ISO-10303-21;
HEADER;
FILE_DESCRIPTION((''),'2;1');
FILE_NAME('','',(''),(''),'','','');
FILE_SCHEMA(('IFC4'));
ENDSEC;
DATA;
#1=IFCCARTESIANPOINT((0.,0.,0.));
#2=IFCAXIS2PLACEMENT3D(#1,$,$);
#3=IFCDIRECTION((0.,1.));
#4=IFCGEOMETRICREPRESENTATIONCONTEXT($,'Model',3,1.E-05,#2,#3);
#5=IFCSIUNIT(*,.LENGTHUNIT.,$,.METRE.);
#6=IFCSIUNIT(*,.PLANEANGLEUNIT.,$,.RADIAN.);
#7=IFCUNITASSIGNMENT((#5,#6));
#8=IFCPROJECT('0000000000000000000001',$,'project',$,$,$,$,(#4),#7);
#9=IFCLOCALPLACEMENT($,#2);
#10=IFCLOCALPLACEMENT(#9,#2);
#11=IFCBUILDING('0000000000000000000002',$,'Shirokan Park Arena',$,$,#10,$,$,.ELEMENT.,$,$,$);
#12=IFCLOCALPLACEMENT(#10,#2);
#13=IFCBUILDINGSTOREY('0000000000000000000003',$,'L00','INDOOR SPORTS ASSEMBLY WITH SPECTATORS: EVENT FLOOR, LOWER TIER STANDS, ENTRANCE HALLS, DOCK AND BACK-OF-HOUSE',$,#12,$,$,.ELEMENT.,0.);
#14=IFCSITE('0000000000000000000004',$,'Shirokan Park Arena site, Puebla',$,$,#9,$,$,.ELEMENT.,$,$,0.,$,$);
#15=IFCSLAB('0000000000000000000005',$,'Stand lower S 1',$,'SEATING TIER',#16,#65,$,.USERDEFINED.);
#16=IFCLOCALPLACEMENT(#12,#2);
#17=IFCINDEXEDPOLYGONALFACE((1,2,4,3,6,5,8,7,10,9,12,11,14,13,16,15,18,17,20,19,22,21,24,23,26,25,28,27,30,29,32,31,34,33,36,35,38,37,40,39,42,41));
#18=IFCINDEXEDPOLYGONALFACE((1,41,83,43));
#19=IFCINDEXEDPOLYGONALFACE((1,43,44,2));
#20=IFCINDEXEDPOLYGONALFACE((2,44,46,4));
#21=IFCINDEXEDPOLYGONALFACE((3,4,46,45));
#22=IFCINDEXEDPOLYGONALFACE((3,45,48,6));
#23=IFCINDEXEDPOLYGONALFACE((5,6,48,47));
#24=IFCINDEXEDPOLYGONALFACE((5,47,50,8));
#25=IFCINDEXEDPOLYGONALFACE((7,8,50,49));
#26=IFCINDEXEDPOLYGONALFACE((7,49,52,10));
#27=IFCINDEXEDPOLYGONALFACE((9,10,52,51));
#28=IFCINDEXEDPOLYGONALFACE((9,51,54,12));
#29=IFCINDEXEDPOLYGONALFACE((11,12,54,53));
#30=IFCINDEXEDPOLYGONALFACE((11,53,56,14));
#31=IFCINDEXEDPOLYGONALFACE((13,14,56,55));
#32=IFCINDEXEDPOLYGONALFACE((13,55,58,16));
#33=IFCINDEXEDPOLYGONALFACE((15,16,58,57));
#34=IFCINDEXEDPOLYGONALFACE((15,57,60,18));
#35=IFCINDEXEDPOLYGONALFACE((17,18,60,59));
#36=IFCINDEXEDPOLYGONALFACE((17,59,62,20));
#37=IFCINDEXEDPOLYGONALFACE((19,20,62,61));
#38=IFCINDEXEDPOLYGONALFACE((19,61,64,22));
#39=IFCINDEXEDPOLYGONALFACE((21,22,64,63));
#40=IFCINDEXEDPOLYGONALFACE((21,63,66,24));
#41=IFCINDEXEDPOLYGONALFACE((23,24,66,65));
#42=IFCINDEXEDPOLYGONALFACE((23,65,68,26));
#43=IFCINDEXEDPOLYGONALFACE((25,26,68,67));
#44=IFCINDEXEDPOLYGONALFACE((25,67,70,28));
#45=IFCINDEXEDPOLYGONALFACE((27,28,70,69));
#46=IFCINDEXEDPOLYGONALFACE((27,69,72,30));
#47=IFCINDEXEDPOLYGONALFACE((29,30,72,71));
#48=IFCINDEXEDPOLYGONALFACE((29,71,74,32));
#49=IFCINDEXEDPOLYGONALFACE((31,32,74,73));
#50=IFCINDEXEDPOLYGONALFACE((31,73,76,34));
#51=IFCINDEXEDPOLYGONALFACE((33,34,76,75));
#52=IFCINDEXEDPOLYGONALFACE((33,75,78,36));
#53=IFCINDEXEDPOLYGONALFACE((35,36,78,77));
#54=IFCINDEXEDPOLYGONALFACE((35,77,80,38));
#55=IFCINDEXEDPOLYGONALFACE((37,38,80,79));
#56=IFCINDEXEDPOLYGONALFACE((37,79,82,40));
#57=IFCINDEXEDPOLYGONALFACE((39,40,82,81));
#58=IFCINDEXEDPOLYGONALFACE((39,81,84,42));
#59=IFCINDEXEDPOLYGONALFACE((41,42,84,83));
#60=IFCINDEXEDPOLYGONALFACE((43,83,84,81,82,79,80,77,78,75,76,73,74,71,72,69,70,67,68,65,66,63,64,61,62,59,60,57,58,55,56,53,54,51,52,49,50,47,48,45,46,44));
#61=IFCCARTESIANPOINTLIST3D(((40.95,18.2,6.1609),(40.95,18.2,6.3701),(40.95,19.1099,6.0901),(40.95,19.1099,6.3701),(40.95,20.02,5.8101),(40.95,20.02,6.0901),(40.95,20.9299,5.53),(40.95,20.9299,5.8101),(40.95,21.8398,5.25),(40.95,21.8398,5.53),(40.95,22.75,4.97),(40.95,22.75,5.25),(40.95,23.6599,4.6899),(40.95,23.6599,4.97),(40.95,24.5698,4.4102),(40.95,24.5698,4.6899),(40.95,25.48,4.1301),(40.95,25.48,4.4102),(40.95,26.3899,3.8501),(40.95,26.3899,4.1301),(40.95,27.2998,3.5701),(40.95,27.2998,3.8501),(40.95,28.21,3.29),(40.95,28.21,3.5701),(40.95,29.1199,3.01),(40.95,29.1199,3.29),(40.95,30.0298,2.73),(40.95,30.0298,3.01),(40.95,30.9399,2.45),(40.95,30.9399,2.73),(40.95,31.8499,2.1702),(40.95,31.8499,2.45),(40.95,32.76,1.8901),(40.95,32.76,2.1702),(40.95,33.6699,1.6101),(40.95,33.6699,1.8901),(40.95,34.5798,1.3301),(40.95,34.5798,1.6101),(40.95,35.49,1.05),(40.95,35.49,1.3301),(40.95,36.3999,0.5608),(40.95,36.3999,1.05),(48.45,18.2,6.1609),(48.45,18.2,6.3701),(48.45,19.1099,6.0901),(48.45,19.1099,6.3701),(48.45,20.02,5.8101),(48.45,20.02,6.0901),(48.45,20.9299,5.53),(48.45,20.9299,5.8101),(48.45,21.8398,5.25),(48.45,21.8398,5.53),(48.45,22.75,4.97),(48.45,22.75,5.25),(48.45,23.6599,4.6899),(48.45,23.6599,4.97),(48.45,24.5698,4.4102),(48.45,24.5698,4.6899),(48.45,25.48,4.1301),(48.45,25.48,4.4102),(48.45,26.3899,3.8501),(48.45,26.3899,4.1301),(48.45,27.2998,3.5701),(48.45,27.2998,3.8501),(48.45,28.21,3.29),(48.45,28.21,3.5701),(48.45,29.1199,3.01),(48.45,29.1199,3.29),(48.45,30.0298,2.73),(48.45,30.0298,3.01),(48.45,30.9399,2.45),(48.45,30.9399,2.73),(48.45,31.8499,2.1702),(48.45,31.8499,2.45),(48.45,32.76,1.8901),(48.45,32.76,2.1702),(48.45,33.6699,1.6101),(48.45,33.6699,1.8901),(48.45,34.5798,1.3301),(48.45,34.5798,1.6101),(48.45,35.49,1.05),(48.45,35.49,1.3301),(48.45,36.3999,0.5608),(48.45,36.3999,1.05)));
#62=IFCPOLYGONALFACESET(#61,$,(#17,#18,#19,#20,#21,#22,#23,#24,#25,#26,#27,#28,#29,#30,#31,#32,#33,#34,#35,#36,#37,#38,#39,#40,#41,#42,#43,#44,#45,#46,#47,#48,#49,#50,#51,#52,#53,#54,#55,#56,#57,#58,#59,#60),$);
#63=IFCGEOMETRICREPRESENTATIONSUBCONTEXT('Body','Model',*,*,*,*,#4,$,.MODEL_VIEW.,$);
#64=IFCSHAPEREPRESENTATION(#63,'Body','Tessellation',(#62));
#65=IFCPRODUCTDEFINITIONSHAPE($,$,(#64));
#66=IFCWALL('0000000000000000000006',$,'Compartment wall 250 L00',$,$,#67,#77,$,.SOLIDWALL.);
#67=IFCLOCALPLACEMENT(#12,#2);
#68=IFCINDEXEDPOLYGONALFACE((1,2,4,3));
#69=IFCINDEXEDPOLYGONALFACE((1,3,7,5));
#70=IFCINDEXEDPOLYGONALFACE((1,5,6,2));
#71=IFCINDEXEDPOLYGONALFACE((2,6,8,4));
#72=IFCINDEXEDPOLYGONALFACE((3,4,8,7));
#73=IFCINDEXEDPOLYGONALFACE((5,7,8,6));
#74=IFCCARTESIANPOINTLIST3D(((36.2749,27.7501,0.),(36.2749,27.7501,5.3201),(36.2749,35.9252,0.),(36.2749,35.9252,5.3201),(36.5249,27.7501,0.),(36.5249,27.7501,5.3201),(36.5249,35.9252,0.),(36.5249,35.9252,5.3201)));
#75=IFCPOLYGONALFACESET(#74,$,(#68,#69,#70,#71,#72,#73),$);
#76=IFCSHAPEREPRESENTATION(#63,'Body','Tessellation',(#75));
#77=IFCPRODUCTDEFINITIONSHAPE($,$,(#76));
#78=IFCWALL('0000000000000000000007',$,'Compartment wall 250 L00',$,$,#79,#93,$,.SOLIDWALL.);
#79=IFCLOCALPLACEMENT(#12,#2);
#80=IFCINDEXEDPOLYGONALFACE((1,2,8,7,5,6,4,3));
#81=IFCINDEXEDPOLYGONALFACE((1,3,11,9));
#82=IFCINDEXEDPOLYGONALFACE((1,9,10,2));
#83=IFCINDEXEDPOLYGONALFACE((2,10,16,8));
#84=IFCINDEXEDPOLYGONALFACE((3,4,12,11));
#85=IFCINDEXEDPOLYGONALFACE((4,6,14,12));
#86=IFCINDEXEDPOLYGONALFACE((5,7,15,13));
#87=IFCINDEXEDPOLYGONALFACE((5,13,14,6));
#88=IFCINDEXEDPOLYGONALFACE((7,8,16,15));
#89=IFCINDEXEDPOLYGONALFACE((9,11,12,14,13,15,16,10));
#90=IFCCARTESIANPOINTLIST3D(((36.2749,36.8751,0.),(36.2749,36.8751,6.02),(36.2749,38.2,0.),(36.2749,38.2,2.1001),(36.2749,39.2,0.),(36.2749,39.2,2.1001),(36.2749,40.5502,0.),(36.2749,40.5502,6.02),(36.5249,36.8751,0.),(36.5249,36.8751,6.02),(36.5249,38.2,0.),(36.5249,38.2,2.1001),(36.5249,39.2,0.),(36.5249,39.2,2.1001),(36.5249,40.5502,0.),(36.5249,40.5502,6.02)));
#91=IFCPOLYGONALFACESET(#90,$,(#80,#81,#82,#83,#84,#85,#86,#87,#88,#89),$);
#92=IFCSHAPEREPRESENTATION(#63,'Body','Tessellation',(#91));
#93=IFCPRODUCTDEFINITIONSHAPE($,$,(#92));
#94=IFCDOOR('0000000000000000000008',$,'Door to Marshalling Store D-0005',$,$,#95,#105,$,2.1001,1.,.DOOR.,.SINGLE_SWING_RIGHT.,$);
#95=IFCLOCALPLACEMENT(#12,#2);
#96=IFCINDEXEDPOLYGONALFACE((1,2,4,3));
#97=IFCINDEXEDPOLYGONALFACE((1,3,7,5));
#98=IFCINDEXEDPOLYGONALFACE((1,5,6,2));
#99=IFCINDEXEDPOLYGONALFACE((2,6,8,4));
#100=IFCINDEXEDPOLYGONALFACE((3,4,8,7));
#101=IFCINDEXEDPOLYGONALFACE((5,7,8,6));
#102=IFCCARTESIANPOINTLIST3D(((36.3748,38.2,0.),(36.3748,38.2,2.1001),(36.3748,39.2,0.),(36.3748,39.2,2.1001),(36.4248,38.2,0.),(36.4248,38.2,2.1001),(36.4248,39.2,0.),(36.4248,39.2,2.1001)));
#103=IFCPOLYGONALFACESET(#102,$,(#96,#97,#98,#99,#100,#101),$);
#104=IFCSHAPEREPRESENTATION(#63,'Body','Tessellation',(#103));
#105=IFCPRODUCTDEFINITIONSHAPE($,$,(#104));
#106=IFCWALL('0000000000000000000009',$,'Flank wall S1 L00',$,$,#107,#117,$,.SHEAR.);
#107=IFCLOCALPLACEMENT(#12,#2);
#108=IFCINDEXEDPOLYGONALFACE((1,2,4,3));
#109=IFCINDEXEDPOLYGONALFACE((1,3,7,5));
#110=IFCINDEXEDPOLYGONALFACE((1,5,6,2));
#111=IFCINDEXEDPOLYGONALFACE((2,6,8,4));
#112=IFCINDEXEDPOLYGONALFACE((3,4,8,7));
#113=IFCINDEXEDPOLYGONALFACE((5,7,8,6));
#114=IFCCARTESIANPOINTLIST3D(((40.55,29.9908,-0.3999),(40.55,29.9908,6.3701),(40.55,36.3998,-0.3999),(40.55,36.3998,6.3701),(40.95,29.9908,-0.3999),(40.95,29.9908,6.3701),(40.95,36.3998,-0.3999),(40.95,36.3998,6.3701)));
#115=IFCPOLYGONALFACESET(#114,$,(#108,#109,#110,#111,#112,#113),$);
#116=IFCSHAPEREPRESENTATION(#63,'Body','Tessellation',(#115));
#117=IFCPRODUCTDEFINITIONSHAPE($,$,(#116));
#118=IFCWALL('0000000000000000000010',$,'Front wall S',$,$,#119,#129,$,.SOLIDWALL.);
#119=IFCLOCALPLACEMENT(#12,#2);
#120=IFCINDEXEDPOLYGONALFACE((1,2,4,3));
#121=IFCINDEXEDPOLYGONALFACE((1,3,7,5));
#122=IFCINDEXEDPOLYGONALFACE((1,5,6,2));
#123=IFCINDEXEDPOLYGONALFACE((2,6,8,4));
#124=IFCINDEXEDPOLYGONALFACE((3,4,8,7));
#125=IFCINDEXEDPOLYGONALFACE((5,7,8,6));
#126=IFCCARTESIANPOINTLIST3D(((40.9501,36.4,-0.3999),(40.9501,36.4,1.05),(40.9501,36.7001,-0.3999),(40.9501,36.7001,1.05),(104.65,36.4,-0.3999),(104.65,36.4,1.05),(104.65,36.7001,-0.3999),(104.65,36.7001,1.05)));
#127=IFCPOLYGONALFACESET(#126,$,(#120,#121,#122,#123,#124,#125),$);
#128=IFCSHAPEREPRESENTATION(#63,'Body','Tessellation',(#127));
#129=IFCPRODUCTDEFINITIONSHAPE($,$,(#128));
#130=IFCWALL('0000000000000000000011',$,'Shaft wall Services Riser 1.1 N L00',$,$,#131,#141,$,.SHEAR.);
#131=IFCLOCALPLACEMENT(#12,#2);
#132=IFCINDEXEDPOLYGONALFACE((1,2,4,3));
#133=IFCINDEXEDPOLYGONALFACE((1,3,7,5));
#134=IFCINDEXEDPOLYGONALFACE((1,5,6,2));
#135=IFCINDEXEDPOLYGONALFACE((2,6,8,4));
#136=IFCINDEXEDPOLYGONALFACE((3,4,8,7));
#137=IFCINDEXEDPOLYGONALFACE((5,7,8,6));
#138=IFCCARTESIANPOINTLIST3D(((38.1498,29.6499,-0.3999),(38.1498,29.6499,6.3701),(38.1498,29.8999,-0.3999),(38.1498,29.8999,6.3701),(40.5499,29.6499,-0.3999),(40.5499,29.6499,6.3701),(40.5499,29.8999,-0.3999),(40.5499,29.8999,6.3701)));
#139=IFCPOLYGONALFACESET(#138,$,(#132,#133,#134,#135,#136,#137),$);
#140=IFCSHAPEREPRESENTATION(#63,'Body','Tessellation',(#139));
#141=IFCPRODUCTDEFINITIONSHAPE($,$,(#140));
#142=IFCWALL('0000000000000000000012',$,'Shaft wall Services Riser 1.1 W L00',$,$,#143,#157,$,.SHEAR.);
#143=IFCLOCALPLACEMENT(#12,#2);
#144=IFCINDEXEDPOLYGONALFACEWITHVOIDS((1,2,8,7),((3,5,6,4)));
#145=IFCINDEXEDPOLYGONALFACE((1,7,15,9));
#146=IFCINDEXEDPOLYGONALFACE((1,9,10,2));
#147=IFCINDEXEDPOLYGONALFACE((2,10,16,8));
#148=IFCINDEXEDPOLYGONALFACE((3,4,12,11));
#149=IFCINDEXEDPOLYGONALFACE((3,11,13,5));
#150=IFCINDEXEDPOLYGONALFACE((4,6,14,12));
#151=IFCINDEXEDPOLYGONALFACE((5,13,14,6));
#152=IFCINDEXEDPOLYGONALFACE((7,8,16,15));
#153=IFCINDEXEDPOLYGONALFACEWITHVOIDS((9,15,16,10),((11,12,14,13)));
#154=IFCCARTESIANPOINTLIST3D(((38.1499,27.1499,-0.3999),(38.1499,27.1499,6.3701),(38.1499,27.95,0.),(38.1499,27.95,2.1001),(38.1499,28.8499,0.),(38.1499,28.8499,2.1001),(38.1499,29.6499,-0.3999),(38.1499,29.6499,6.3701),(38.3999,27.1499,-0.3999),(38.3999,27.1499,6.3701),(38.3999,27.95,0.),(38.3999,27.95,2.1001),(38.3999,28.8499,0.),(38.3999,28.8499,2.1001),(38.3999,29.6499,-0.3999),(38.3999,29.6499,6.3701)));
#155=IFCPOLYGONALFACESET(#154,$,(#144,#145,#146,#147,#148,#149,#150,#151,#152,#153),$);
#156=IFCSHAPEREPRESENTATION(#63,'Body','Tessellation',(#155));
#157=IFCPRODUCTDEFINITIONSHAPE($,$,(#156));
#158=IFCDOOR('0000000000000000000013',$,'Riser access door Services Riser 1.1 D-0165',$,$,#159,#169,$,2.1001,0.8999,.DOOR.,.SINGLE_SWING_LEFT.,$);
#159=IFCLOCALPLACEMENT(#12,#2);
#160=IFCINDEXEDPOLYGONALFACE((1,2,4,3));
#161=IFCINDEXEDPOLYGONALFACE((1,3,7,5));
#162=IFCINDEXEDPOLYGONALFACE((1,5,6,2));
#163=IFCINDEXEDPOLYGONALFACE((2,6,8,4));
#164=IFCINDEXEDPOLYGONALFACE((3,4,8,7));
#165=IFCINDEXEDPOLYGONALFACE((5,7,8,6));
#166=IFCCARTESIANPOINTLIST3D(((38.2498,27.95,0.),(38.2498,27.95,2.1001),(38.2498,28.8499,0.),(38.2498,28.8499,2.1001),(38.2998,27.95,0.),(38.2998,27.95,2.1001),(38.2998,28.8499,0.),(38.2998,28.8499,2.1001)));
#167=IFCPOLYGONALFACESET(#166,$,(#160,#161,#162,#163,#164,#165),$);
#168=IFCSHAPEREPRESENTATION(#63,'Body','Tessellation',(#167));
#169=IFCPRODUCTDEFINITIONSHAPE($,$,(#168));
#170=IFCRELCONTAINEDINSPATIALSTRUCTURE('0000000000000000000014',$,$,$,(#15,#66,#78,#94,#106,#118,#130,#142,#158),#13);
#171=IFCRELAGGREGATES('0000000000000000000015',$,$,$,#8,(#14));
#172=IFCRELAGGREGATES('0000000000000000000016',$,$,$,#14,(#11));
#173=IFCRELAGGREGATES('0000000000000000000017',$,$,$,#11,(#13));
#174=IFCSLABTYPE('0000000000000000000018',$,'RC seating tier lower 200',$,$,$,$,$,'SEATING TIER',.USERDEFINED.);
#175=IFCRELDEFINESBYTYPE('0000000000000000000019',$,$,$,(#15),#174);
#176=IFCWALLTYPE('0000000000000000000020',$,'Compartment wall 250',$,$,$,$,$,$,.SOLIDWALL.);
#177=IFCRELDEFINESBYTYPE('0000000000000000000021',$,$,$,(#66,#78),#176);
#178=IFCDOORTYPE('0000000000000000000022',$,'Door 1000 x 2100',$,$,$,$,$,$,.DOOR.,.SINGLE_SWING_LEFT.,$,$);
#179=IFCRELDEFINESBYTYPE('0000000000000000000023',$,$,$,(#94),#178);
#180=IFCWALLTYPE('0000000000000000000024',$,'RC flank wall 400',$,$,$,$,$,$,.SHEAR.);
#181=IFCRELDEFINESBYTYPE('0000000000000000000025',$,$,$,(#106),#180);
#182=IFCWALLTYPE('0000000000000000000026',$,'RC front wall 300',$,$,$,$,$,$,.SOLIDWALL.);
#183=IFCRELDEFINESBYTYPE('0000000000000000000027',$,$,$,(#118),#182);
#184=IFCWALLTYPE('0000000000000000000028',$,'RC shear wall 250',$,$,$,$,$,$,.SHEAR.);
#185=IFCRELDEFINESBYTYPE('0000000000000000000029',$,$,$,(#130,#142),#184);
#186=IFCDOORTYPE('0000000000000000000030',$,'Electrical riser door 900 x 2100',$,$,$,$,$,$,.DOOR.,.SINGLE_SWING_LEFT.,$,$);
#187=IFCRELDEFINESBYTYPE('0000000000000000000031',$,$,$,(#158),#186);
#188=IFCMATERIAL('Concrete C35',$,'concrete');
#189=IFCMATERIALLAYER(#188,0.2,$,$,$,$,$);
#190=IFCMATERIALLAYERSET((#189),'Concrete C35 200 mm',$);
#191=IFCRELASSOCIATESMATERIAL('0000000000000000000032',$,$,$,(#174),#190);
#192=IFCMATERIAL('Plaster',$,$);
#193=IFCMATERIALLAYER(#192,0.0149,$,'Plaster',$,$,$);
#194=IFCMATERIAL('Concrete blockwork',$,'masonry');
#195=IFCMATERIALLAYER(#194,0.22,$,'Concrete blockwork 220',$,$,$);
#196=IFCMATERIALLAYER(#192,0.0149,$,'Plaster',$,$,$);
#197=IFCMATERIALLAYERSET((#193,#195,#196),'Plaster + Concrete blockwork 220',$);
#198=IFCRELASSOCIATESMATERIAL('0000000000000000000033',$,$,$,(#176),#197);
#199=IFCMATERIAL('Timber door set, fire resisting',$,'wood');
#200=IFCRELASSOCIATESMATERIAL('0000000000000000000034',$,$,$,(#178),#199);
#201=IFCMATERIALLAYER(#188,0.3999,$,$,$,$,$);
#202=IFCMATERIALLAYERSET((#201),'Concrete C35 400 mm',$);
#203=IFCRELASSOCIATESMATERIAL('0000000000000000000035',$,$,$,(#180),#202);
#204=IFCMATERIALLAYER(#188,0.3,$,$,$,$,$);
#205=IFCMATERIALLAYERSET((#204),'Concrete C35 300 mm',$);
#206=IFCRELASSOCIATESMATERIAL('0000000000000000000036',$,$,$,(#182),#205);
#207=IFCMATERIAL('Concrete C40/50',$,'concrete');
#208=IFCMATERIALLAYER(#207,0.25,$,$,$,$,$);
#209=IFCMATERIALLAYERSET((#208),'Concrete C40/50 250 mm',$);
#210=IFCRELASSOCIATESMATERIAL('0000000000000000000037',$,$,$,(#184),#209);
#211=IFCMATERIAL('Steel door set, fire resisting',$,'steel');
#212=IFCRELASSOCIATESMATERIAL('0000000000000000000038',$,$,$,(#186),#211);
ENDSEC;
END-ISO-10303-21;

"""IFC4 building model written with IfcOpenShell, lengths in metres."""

from ifc_helpers import new_model, si_unit, direction, frame, frame_2d, origin, place, context, subcontext, project, spatial, polyline, rectangle, outline, extrude, material, layer, layer_set, type_object, element, fill, save


model = new_model("IFC4")

# Units and contexts
model_context = context("Model", 3, precision=1e-05, world=origin(), true_north=direction((0.0, 1.0)))
body_context = subcontext(model_context, "Body", "Model", "MODEL_VIEW")
ifc_project = project(units=[si_unit("LENGTHUNIT", "METRE"), si_unit("PLANEANGLEUNIT", "RADIAN")], contexts=[model_context])

# Site, building, storey
site_placement = place(None, origin())
site = spatial("IfcSite", under=ifc_project, at=site_placement, Name="Shirokan Park Arena site, Puebla", CompositionType="ELEMENT", RefElevation=0.0)
building_placement = place(site_placement, origin())
building = spatial("IfcBuilding", under=site, at=building_placement, Name="Shirokan Park Arena", CompositionType="ELEMENT")
storey_placement = place(building_placement, origin())
storey = spatial("IfcBuildingStorey", under=building, at=storey_placement, Name="L00", Description="INDOOR SPORTS ASSEMBLY WITH SPECTATORS: EVENT FLOOR, LOWER TIER STANDS, ENTRANCE HALLS, DOCK AND BACK-OF-HOUSE", CompositionType="ELEMENT", Elevation=0.0)

# Shared definitions
ifc_material_1 = material(Name="Concrete C35", Category="concrete")

# Slab
ifc_layer_1 = layer(ifc_material_1, 0.2)
ifc_layer_set_1 = layer_set([ifc_layer_1], Name="Concrete C35 200 mm")
slab_type = type_object("IfcSlabType", Name="RC seating tier lower 200", ElementType="SEATING TIER", PredefinedType="USERDEFINED", material=ifc_layer_set_1)
slab_placement = place(storey_placement, frame((44.7, 36.3999, 1.05), z_axis=(0.0, 0.0, 1.0), x_axis=(0.0, -1.0, 0.0)))
element("IfcSlab", 1, at=slab_placement, inside=storey, type_object=slab_type, Name="Stand lower S 1", ObjectType="SEATING TIER", PredefinedType="USERDEFINED", context=body_context, shape_type="SweptSolid", body=[
    extrude(outline(polyline([(0.0, 0.0), (0.9099, 0.0), (0.9099, 0.28), (1.8201, 0.28), (1.8201, 0.5601), (2.73, 0.5601), (2.73, 0.8401), (3.6399, 0.8401), (3.6399, 1.1201), (4.55, 1.1201), (4.55, 1.3999), (5.46, 1.3999), (5.46, 1.6799), (6.3701, 1.6799), (6.3701, 1.96), (7.28, 1.96), (7.28, 2.24), (8.1899, 2.24), (8.1899, 2.52), (9.1001, 2.52), (9.1001, 2.8), (10.01, 2.8), (10.01, 3.0801), (10.9199, 3.0801), (10.9199, 3.3601), (11.8301, 3.3601), (11.8301, 3.6399), (12.74, 3.6399), (12.74, 3.9199), (13.6499, 3.9199), (13.6499, 4.2), (14.5601, 4.2), (14.5601, 4.48), (15.47, 4.48), (15.47, 4.76), (16.3799, 4.76), (16.3799, 5.04), (17.29, 5.04), (17.29, 5.3201), (18.2, 5.3201), (18.2, 5.1108), (0.0, -0.4893), (0.0, 0.0)])), frame((0.0, 3.75, 0.0), z_axis=(0.0, -1.0, 0.0), x_axis=(1.0, 0.0, 0.0)), (0.0, 0.0, 1.0), 7.5),
])

# Wall
ifc_material_2 = material(Name="Plaster")
ifc_layer_2 = layer(ifc_material_2, 0.0149, Name="Plaster")
ifc_material_3 = material(Name="Concrete blockwork", Category="masonry")
ifc_layer_3 = layer(ifc_material_3, 0.22, Name="Concrete blockwork 220")
ifc_layer_4 = layer(ifc_material_2, 0.0149, Name="Plaster")
ifc_layer_set_2 = layer_set([ifc_layer_2, ifc_layer_3, ifc_layer_4], Name="Plaster + Concrete blockwork 220")
wall_type_1 = type_object("IfcWallType", Name="Compartment wall 250", PredefinedType="SOLIDWALL", material=ifc_layer_set_2)
wall_1_placement = place(storey_placement, frame((36.3999, 35.925, 0.0), z_axis=(0.0, 0.0, 1.0), x_axis=(0.0, -1.0, 0.0)))
element("IfcWall", 2, at=wall_1_placement, inside=storey, type_object=wall_type_1, Name="Compartment wall 250 L00", PredefinedType="SOLIDWALL", context=body_context, shape_type="SweptSolid", body=[
    extrude(rectangle(XDim=8.175, YDim=0.25, at=frame_2d((4.0874, 0.0))), origin(), (0.0, 0.0, 1.0), 5.3201),
])

# Wall, opening, door
wall_2_placement = place(storey_placement, frame((36.3999, 40.55, 0.0), z_axis=(0.0, 0.0, 1.0), x_axis=(0.0, -1.0, 0.0)))
wall_2 = element("IfcWall", 3, at=wall_2_placement, inside=storey, type_object=wall_type_1, Name="Compartment wall 250 L00", PredefinedType="SOLIDWALL", context=body_context, shape_type="SweptSolid", body=[
    extrude(rectangle(XDim=3.675, YDim=0.25, at=frame_2d((1.8374, 0.0))), origin(), (0.0, 0.0, 1.0), 6.02),
])
opening_1_placement = place(wall_2_placement, frame((1.3501, 0.0, 0.0)))
opening_1 = element("IfcOpeningElement", 4, at=opening_1_placement, cuts=wall_2, PredefinedType="OPENING", context=body_context, shape_type="SweptSolid", body=[
    extrude(rectangle(XDim=1.0, YDim=2.1001, at=frame_2d((0.5, 1.05))), frame((0.0, 0.135, 0.0), z_axis=(0.0, -1.0, 0.0), x_axis=(1.0, 0.0, 0.0)), (0.0, 0.0, 1.0), 0.27),
])
ifc_material_4 = material(Name="Timber door set, fire resisting", Category="wood")
door_type_1 = type_object("IfcDoorType", Name="Door 1000 x 2100", OperationType="SINGLE_SWING_LEFT", PredefinedType="DOOR", material=ifc_material_4)
door_1_placement = place(opening_1_placement, origin())
door_1 = element("IfcDoor", 5, at=door_1_placement, inside=storey, type_object=door_type_1, Name="Door to Marshalling Store D-0005", OperationType="SINGLE_SWING_RIGHT", OverallHeight=2.1001, OverallWidth=1.0, PredefinedType="DOOR", context=body_context, shape_type="SweptSolid", body=[
    extrude(rectangle(XDim=1.0, YDim=2.1001, at=frame_2d((0.5, 1.05))), frame((0.0, 0.0249, 0.0), z_axis=(0.0, -1.0, 0.0), x_axis=(1.0, 0.0, 0.0)), (0.0, 0.0, 1.0), 0.05),
])
fill(opening_1, door_1)
ifc_material_5 = material(Name="Steel door set, fire resisting", Category="steel")

# Walls
ifc_layer_5 = layer(ifc_material_1, 0.3999)
ifc_layer_set_3 = layer_set([ifc_layer_5], Name="Concrete C35 400 mm")
wall_type_2 = type_object("IfcWallType", Name="RC flank wall 400", PredefinedType="SHEAR", material=ifc_layer_set_3)
wall_3_placement = place(storey_placement, frame((40.75, 36.3999, -0.3999), z_axis=(0.0, 0.0, 1.0), x_axis=(0.0, -1.0, 0.0)))
element("IfcWall", 6, at=wall_3_placement, inside=storey, type_object=wall_type_2, Name="Flank wall S1 L00", PredefinedType="SHEAR", context=body_context, shape_type="SweptSolid", body=[
    extrude(rectangle(XDim=6.4089, YDim=0.3999, at=frame_2d((3.2046, 0.0))), origin(), (0.0, 0.0, 1.0), 6.77),
])
ifc_layer_6 = layer(ifc_material_1, 0.3)
ifc_layer_set_4 = layer_set([ifc_layer_6], Name="Concrete C35 300 mm")
wall_type_3 = type_object("IfcWallType", Name="RC front wall 300", PredefinedType="SOLIDWALL", material=ifc_layer_set_4)
wall_4_placement = place(storey_placement, frame((40.95, 36.55, -0.3999), z_axis=(0.0, 0.0, 1.0), x_axis=(1.0, 0.0, 0.0)))
element("IfcWall", 7, at=wall_4_placement, inside=storey, type_object=wall_type_3, Name="Front wall S", PredefinedType="SOLIDWALL", context=body_context, shape_type="SweptSolid", body=[
    extrude(rectangle(XDim=63.7, YDim=0.3, at=frame_2d((31.8501, 0.0))), origin(), (0.0, 0.0, 1.0), 1.45),
])
ifc_material_6 = material(Name="Concrete C40/50", Category="concrete")
ifc_layer_7 = layer(ifc_material_6, 0.25)
ifc_layer_set_5 = layer_set([ifc_layer_7], Name="Concrete C40/50 250 mm")
wall_type_4 = type_object("IfcWallType", Name="RC shear wall 250", PredefinedType="SHEAR", material=ifc_layer_set_5)
wall_5_placement = place(storey_placement, frame((40.55, 29.7749, -0.3999), z_axis=(0.0, 0.0, 1.0), x_axis=(-1.0, 0.0, 0.0)))
element("IfcWall", 8, at=wall_5_placement, inside=storey, type_object=wall_type_4, Name="Shaft wall Services Riser 1.1 N L00", PredefinedType="SHEAR", context=body_context, shape_type="SweptSolid", body=[
    extrude(rectangle(XDim=2.4001, YDim=0.25, at=frame_2d((1.2002, 0.0))), origin(), (0.0, 0.0, 1.0), 6.77),
])

# Wall, opening, door
wall_6_placement = place(storey_placement, frame((38.2749, 29.6499, -0.3999), z_axis=(0.0, 0.0, 1.0), x_axis=(0.0, -1.0, 0.0)))
wall_6 = element("IfcWall", 9, at=wall_6_placement, inside=storey, type_object=wall_type_4, Name="Shaft wall Services Riser 1.1 W L00", PredefinedType="SHEAR", context=body_context, shape_type="SweptSolid", body=[
    extrude(rectangle(XDim=2.5, YDim=0.25, at=frame_2d((1.25, 0.0))), origin(), (0.0, 0.0, 1.0), 6.77),
])
opening_2_placement = place(wall_6_placement, frame((0.8, 0.0, 0.3999)))
opening_2 = element("IfcOpeningElement", 10, at=opening_2_placement, cuts=wall_6, PredefinedType="OPENING", context=body_context, shape_type="SweptSolid", body=[
    extrude(rectangle(XDim=0.8999, YDim=2.1001, at=frame_2d((0.45, 1.05))), frame((0.0, 0.135, 0.0), z_axis=(0.0, -1.0, 0.0), x_axis=(1.0, 0.0, 0.0)), (0.0, 0.0, 1.0), 0.27),
])
door_type_2 = type_object("IfcDoorType", Name="Electrical riser door 900 x 2100", OperationType="SINGLE_SWING_LEFT", PredefinedType="DOOR", material=ifc_material_5)
door_2_placement = place(opening_2_placement, origin())
door_2 = element("IfcDoor", 11, at=door_2_placement, inside=storey, type_object=door_type_2, Name="Riser access door Services Riser 1.1 D-0165", OperationType="SINGLE_SWING_LEFT", OverallHeight=2.1001, OverallWidth=0.8999, PredefinedType="DOOR", context=body_context, shape_type="SweptSolid", body=[
    extrude(rectangle(XDim=0.8999, YDim=2.1001, at=frame_2d((0.45, 1.05))), frame((0.0, 0.0249, 0.0), z_axis=(0.0, -1.0, 0.0), x_axis=(1.0, 0.0, 0.0)), (0.0, 0.0, 1.0), 0.05),
])
fill(opening_2, door_2)

save(model, "model.ifc")
